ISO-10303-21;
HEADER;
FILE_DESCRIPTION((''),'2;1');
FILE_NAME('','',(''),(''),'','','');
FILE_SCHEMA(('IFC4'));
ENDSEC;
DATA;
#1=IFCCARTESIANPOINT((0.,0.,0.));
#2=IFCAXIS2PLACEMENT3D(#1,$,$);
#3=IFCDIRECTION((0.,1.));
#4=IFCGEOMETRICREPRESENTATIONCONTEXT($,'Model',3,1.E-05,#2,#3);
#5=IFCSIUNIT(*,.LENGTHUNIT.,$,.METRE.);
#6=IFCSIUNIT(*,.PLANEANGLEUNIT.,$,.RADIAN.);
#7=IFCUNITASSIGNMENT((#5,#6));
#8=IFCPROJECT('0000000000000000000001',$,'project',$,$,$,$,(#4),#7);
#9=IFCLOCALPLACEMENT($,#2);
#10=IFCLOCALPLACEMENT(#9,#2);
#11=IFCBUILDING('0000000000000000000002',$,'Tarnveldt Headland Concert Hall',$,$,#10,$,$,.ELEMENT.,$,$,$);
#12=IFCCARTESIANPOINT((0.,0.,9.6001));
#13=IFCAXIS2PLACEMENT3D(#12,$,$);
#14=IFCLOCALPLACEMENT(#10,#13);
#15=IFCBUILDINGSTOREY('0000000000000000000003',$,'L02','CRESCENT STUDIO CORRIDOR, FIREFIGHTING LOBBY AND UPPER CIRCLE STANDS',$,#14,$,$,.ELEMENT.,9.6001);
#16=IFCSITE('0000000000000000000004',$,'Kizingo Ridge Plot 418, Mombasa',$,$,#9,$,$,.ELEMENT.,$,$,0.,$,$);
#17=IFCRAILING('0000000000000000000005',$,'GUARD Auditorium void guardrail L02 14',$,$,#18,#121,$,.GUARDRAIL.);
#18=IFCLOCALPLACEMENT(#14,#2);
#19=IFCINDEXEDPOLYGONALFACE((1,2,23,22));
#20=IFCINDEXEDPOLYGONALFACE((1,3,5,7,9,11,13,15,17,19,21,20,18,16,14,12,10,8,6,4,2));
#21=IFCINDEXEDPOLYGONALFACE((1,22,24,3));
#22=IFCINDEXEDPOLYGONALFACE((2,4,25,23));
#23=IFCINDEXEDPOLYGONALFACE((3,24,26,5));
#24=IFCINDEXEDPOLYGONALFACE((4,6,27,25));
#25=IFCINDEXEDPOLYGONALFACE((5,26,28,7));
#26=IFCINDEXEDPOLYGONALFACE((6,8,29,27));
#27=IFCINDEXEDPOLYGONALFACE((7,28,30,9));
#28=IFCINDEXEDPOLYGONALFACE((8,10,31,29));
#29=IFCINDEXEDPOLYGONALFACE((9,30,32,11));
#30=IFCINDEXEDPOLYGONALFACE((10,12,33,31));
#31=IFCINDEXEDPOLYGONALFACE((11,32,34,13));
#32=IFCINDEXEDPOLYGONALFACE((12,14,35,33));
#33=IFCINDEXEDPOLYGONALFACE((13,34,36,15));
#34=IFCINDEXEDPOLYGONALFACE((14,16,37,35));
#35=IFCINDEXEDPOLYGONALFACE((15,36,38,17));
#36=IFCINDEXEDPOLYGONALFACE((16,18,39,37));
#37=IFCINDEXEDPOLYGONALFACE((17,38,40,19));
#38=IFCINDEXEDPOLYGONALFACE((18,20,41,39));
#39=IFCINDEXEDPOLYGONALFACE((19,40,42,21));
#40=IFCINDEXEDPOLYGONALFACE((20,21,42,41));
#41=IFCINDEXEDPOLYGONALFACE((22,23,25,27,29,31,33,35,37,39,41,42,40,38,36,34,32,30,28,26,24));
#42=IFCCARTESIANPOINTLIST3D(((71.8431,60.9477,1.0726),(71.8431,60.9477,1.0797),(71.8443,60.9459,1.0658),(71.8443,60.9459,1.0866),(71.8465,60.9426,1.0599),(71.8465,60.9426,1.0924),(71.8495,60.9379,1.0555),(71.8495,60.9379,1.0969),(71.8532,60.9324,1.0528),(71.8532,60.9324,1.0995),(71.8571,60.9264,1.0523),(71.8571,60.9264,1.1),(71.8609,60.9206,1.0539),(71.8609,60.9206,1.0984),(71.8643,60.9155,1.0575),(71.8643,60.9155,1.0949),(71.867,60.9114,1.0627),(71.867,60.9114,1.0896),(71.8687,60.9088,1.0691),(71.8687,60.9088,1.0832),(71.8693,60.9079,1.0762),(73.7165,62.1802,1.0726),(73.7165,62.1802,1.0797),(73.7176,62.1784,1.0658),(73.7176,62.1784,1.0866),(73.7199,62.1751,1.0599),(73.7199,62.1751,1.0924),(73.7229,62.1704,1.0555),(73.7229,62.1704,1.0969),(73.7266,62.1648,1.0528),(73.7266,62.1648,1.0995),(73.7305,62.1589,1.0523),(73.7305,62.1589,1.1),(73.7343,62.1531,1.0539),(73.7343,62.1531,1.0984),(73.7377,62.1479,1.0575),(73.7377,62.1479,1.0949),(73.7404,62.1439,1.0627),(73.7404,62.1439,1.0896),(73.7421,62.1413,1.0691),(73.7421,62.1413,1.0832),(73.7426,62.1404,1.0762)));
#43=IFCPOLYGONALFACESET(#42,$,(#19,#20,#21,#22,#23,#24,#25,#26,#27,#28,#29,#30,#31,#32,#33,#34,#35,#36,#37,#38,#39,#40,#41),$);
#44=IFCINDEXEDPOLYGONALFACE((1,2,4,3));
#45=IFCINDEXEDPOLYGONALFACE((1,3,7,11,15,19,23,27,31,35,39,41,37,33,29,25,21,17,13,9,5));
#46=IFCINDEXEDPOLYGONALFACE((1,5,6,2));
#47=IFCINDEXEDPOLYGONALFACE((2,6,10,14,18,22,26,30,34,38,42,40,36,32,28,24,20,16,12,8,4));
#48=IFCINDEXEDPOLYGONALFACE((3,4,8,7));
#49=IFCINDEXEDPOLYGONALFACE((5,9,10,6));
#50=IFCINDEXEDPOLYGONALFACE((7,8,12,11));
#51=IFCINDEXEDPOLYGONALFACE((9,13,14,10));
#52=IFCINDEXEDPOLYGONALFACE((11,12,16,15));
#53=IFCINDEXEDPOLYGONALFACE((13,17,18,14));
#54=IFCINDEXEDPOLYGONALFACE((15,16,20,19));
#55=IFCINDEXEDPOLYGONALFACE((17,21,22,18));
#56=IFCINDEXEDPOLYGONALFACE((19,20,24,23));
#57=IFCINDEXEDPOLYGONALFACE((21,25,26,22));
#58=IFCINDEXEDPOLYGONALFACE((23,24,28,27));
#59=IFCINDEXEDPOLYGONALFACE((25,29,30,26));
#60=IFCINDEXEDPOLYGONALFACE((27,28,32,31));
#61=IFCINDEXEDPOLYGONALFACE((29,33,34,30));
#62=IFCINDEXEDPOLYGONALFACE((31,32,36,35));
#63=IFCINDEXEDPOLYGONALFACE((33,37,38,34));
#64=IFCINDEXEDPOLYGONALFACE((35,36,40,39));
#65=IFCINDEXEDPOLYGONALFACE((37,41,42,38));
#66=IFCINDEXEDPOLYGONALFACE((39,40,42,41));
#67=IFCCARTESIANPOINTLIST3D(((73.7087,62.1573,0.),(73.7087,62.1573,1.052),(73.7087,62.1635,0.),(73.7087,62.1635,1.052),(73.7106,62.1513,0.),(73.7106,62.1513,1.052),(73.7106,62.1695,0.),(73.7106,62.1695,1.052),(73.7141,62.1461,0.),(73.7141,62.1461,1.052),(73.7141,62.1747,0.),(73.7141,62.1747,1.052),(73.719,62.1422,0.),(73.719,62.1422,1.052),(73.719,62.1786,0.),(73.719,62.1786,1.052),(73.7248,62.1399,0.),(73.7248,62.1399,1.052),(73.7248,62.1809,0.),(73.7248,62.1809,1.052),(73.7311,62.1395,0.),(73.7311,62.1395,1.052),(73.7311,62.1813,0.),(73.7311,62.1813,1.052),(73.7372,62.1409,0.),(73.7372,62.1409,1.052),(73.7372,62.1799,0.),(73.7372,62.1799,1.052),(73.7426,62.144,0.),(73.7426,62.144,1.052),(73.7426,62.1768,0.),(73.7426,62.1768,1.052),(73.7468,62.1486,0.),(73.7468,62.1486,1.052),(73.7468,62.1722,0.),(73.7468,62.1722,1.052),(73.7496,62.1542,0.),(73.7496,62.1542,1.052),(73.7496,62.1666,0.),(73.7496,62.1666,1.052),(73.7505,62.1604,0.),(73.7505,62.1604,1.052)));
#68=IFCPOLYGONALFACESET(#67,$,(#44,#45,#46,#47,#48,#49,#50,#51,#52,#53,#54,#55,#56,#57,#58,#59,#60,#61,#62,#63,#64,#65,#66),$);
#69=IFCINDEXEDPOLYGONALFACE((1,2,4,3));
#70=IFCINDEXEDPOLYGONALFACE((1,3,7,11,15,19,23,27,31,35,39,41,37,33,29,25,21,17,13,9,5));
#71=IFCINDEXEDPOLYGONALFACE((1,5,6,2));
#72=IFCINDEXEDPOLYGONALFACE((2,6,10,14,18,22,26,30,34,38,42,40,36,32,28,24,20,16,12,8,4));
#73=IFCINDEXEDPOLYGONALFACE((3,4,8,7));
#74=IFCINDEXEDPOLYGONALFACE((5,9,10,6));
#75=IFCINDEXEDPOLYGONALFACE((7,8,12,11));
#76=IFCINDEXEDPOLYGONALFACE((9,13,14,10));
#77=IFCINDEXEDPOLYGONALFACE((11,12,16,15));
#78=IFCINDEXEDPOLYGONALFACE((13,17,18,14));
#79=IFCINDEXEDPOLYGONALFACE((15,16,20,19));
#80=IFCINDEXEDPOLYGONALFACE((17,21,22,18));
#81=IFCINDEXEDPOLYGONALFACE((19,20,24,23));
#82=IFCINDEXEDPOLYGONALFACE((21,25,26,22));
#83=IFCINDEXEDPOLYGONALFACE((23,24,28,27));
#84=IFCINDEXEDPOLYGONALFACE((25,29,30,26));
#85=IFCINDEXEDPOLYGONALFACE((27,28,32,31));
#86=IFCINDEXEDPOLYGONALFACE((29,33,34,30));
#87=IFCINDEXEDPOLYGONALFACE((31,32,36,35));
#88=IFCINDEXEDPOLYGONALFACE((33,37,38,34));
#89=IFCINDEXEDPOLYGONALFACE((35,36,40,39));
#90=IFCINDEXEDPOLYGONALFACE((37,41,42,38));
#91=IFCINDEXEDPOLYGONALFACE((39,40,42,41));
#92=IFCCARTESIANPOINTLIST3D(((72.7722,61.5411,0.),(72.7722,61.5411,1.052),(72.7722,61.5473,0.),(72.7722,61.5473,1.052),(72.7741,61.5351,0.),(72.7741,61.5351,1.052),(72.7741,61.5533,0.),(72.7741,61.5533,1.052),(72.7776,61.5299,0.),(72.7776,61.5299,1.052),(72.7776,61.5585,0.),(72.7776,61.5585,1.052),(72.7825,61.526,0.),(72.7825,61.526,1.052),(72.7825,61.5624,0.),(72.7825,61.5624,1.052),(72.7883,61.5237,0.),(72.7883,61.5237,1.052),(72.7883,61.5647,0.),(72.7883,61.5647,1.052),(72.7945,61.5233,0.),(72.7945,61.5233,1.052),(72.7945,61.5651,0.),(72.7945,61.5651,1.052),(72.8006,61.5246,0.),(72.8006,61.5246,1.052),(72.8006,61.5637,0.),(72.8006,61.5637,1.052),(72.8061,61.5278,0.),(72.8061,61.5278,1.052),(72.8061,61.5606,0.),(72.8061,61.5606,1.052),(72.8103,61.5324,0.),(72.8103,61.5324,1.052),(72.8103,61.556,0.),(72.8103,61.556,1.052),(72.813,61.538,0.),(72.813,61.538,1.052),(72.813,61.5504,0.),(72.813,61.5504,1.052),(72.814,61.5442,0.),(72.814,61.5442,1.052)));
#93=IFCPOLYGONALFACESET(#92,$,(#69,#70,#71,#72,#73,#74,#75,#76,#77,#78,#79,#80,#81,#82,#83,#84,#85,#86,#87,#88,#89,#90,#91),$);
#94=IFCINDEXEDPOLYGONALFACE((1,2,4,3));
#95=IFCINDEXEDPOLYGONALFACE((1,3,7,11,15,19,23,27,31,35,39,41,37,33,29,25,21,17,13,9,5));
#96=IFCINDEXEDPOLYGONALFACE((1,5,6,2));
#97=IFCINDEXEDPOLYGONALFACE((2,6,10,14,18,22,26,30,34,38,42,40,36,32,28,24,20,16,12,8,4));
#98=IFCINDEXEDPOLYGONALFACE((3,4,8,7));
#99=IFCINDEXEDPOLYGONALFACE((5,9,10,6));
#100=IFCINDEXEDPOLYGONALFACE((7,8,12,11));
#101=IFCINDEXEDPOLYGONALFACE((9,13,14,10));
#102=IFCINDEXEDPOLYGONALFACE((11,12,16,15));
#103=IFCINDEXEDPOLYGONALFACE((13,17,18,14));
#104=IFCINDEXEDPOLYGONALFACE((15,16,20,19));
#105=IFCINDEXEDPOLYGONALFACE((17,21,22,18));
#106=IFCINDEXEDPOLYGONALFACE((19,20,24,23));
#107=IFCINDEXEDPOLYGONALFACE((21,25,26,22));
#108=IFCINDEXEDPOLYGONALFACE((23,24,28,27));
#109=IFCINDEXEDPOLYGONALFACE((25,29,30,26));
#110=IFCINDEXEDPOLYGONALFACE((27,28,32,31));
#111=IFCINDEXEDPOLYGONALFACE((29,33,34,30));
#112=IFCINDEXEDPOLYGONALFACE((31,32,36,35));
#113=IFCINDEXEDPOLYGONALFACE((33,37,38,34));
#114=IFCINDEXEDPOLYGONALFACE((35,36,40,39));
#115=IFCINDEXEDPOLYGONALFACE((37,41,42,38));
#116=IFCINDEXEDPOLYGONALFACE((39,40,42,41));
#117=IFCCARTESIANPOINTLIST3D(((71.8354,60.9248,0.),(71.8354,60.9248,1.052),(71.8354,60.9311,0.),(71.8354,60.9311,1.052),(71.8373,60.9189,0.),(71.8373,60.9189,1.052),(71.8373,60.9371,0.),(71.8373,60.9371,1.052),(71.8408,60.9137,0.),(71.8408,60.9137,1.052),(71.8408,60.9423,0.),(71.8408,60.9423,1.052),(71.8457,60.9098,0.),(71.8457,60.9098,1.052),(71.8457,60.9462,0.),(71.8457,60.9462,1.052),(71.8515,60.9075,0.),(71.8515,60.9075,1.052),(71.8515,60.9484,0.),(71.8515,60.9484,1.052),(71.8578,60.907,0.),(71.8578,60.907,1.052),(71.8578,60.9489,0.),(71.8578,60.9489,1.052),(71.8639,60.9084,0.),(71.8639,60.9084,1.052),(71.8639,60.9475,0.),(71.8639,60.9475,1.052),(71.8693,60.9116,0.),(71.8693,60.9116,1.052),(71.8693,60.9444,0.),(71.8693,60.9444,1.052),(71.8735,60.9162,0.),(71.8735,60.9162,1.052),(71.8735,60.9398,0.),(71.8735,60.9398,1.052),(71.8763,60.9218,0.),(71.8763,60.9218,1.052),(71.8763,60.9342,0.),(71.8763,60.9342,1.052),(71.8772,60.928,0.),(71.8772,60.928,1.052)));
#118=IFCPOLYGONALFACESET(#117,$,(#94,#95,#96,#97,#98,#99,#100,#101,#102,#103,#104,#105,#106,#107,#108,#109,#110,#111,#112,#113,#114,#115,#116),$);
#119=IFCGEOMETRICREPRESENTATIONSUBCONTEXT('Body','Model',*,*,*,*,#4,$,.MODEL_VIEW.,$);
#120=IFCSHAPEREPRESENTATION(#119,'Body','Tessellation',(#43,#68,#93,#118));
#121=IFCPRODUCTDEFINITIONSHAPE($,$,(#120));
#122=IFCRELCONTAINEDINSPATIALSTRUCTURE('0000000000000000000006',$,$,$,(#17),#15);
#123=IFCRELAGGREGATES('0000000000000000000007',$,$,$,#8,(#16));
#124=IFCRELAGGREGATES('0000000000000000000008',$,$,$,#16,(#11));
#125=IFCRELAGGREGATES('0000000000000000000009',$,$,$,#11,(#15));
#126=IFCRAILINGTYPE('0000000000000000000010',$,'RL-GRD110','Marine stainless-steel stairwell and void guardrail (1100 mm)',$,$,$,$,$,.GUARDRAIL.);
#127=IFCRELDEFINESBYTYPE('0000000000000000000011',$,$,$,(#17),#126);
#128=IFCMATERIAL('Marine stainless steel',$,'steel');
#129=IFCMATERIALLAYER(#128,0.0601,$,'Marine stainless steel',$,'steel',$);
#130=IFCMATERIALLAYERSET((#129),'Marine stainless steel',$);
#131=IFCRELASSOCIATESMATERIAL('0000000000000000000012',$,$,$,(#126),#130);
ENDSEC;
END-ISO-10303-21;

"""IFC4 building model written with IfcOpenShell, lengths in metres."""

from ifc_helpers import new_model, si_unit, direction, frame, origin, origin_2d, place, context, subcontext, project, spatial, circle, extrude, material, layer, layer_set, type_object, element, save


model = new_model("IFC4")

# Units and contexts
model_context = context("Model", 3, precision=1e-05, world=origin(), true_north=direction((0.0, 1.0)))
body_context = subcontext(model_context, "Body", "Model", "MODEL_VIEW")
ifc_project = project(units=[si_unit("LENGTHUNIT", "METRE"), si_unit("PLANEANGLEUNIT", "RADIAN")], contexts=[model_context])

# Site, building, storey
site_placement = place(None, origin())
site = spatial("IfcSite", under=ifc_project, at=site_placement, Name="Kizingo Ridge Plot 418, Mombasa", CompositionType="ELEMENT", RefElevation=0.0)
building_placement = place(site_placement, origin())
building = spatial("IfcBuilding", under=site, at=building_placement, Name="Tarnveldt Headland Concert Hall", CompositionType="ELEMENT")
storey_placement = place(building_placement, frame((0.0, 0.0, 9.6001)))
storey = spatial("IfcBuildingStorey", under=building, at=storey_placement, Name="L02", Description="CRESCENT STUDIO CORRIDOR, FIREFIGHTING LOBBY AND UPPER CIRCLE STANDS", CompositionType="ELEMENT", Elevation=9.6001)

# Railing
ifc_material_1 = material(Name="Marine stainless steel", Category="steel")
ifc_layer = layer(ifc_material_1, 0.0601, Name="Marine stainless steel", Category="steel")
ifc_layer_set = layer_set([ifc_layer], Name="Marine stainless steel")
railing_type = type_object("IfcRailingType", Name="RL-GRD110", Description="Marine stainless-steel stairwell and void guardrail (1100 mm)", PredefinedType="GUARDRAIL", material=ifc_layer_set)
railing_1_placement = place(storey_placement, frame((73.7295, 62.1604, 0.0)))
element("IfcRailing", 1, at=railing_1_placement, inside=storey, type_object=railing_type, Name="GUARD Auditorium void guardrail L02 14", PredefinedType="GUARDRAIL", context=body_context, shape_type="SweptSolid", body=[
    extrude(circle(Radius=0.0239, at=origin_2d()), frame((0.0, 0.0, 1.0762), z_axis=(-0.835418, -0.549615, 0.0), x_axis=(0.549615, -0.835418, 0.0)), (0.0, 0.0, 1.0), 2.2424),
    extrude(circle(Radius=0.021, at=origin_2d()), origin(), (0.0, 0.0, 1.0), 1.052),
    extrude(circle(Radius=0.021, at=origin_2d()), frame((-0.9365, -0.6162, 0.0)), (0.0, 0.0, 1.0), 1.052),
    extrude(circle(Radius=0.021, at=origin_2d()), frame((-1.8733, -1.2324, 0.0)), (0.0, 0.0, 1.0), 1.052),
])

save(model, "model.ifc")
